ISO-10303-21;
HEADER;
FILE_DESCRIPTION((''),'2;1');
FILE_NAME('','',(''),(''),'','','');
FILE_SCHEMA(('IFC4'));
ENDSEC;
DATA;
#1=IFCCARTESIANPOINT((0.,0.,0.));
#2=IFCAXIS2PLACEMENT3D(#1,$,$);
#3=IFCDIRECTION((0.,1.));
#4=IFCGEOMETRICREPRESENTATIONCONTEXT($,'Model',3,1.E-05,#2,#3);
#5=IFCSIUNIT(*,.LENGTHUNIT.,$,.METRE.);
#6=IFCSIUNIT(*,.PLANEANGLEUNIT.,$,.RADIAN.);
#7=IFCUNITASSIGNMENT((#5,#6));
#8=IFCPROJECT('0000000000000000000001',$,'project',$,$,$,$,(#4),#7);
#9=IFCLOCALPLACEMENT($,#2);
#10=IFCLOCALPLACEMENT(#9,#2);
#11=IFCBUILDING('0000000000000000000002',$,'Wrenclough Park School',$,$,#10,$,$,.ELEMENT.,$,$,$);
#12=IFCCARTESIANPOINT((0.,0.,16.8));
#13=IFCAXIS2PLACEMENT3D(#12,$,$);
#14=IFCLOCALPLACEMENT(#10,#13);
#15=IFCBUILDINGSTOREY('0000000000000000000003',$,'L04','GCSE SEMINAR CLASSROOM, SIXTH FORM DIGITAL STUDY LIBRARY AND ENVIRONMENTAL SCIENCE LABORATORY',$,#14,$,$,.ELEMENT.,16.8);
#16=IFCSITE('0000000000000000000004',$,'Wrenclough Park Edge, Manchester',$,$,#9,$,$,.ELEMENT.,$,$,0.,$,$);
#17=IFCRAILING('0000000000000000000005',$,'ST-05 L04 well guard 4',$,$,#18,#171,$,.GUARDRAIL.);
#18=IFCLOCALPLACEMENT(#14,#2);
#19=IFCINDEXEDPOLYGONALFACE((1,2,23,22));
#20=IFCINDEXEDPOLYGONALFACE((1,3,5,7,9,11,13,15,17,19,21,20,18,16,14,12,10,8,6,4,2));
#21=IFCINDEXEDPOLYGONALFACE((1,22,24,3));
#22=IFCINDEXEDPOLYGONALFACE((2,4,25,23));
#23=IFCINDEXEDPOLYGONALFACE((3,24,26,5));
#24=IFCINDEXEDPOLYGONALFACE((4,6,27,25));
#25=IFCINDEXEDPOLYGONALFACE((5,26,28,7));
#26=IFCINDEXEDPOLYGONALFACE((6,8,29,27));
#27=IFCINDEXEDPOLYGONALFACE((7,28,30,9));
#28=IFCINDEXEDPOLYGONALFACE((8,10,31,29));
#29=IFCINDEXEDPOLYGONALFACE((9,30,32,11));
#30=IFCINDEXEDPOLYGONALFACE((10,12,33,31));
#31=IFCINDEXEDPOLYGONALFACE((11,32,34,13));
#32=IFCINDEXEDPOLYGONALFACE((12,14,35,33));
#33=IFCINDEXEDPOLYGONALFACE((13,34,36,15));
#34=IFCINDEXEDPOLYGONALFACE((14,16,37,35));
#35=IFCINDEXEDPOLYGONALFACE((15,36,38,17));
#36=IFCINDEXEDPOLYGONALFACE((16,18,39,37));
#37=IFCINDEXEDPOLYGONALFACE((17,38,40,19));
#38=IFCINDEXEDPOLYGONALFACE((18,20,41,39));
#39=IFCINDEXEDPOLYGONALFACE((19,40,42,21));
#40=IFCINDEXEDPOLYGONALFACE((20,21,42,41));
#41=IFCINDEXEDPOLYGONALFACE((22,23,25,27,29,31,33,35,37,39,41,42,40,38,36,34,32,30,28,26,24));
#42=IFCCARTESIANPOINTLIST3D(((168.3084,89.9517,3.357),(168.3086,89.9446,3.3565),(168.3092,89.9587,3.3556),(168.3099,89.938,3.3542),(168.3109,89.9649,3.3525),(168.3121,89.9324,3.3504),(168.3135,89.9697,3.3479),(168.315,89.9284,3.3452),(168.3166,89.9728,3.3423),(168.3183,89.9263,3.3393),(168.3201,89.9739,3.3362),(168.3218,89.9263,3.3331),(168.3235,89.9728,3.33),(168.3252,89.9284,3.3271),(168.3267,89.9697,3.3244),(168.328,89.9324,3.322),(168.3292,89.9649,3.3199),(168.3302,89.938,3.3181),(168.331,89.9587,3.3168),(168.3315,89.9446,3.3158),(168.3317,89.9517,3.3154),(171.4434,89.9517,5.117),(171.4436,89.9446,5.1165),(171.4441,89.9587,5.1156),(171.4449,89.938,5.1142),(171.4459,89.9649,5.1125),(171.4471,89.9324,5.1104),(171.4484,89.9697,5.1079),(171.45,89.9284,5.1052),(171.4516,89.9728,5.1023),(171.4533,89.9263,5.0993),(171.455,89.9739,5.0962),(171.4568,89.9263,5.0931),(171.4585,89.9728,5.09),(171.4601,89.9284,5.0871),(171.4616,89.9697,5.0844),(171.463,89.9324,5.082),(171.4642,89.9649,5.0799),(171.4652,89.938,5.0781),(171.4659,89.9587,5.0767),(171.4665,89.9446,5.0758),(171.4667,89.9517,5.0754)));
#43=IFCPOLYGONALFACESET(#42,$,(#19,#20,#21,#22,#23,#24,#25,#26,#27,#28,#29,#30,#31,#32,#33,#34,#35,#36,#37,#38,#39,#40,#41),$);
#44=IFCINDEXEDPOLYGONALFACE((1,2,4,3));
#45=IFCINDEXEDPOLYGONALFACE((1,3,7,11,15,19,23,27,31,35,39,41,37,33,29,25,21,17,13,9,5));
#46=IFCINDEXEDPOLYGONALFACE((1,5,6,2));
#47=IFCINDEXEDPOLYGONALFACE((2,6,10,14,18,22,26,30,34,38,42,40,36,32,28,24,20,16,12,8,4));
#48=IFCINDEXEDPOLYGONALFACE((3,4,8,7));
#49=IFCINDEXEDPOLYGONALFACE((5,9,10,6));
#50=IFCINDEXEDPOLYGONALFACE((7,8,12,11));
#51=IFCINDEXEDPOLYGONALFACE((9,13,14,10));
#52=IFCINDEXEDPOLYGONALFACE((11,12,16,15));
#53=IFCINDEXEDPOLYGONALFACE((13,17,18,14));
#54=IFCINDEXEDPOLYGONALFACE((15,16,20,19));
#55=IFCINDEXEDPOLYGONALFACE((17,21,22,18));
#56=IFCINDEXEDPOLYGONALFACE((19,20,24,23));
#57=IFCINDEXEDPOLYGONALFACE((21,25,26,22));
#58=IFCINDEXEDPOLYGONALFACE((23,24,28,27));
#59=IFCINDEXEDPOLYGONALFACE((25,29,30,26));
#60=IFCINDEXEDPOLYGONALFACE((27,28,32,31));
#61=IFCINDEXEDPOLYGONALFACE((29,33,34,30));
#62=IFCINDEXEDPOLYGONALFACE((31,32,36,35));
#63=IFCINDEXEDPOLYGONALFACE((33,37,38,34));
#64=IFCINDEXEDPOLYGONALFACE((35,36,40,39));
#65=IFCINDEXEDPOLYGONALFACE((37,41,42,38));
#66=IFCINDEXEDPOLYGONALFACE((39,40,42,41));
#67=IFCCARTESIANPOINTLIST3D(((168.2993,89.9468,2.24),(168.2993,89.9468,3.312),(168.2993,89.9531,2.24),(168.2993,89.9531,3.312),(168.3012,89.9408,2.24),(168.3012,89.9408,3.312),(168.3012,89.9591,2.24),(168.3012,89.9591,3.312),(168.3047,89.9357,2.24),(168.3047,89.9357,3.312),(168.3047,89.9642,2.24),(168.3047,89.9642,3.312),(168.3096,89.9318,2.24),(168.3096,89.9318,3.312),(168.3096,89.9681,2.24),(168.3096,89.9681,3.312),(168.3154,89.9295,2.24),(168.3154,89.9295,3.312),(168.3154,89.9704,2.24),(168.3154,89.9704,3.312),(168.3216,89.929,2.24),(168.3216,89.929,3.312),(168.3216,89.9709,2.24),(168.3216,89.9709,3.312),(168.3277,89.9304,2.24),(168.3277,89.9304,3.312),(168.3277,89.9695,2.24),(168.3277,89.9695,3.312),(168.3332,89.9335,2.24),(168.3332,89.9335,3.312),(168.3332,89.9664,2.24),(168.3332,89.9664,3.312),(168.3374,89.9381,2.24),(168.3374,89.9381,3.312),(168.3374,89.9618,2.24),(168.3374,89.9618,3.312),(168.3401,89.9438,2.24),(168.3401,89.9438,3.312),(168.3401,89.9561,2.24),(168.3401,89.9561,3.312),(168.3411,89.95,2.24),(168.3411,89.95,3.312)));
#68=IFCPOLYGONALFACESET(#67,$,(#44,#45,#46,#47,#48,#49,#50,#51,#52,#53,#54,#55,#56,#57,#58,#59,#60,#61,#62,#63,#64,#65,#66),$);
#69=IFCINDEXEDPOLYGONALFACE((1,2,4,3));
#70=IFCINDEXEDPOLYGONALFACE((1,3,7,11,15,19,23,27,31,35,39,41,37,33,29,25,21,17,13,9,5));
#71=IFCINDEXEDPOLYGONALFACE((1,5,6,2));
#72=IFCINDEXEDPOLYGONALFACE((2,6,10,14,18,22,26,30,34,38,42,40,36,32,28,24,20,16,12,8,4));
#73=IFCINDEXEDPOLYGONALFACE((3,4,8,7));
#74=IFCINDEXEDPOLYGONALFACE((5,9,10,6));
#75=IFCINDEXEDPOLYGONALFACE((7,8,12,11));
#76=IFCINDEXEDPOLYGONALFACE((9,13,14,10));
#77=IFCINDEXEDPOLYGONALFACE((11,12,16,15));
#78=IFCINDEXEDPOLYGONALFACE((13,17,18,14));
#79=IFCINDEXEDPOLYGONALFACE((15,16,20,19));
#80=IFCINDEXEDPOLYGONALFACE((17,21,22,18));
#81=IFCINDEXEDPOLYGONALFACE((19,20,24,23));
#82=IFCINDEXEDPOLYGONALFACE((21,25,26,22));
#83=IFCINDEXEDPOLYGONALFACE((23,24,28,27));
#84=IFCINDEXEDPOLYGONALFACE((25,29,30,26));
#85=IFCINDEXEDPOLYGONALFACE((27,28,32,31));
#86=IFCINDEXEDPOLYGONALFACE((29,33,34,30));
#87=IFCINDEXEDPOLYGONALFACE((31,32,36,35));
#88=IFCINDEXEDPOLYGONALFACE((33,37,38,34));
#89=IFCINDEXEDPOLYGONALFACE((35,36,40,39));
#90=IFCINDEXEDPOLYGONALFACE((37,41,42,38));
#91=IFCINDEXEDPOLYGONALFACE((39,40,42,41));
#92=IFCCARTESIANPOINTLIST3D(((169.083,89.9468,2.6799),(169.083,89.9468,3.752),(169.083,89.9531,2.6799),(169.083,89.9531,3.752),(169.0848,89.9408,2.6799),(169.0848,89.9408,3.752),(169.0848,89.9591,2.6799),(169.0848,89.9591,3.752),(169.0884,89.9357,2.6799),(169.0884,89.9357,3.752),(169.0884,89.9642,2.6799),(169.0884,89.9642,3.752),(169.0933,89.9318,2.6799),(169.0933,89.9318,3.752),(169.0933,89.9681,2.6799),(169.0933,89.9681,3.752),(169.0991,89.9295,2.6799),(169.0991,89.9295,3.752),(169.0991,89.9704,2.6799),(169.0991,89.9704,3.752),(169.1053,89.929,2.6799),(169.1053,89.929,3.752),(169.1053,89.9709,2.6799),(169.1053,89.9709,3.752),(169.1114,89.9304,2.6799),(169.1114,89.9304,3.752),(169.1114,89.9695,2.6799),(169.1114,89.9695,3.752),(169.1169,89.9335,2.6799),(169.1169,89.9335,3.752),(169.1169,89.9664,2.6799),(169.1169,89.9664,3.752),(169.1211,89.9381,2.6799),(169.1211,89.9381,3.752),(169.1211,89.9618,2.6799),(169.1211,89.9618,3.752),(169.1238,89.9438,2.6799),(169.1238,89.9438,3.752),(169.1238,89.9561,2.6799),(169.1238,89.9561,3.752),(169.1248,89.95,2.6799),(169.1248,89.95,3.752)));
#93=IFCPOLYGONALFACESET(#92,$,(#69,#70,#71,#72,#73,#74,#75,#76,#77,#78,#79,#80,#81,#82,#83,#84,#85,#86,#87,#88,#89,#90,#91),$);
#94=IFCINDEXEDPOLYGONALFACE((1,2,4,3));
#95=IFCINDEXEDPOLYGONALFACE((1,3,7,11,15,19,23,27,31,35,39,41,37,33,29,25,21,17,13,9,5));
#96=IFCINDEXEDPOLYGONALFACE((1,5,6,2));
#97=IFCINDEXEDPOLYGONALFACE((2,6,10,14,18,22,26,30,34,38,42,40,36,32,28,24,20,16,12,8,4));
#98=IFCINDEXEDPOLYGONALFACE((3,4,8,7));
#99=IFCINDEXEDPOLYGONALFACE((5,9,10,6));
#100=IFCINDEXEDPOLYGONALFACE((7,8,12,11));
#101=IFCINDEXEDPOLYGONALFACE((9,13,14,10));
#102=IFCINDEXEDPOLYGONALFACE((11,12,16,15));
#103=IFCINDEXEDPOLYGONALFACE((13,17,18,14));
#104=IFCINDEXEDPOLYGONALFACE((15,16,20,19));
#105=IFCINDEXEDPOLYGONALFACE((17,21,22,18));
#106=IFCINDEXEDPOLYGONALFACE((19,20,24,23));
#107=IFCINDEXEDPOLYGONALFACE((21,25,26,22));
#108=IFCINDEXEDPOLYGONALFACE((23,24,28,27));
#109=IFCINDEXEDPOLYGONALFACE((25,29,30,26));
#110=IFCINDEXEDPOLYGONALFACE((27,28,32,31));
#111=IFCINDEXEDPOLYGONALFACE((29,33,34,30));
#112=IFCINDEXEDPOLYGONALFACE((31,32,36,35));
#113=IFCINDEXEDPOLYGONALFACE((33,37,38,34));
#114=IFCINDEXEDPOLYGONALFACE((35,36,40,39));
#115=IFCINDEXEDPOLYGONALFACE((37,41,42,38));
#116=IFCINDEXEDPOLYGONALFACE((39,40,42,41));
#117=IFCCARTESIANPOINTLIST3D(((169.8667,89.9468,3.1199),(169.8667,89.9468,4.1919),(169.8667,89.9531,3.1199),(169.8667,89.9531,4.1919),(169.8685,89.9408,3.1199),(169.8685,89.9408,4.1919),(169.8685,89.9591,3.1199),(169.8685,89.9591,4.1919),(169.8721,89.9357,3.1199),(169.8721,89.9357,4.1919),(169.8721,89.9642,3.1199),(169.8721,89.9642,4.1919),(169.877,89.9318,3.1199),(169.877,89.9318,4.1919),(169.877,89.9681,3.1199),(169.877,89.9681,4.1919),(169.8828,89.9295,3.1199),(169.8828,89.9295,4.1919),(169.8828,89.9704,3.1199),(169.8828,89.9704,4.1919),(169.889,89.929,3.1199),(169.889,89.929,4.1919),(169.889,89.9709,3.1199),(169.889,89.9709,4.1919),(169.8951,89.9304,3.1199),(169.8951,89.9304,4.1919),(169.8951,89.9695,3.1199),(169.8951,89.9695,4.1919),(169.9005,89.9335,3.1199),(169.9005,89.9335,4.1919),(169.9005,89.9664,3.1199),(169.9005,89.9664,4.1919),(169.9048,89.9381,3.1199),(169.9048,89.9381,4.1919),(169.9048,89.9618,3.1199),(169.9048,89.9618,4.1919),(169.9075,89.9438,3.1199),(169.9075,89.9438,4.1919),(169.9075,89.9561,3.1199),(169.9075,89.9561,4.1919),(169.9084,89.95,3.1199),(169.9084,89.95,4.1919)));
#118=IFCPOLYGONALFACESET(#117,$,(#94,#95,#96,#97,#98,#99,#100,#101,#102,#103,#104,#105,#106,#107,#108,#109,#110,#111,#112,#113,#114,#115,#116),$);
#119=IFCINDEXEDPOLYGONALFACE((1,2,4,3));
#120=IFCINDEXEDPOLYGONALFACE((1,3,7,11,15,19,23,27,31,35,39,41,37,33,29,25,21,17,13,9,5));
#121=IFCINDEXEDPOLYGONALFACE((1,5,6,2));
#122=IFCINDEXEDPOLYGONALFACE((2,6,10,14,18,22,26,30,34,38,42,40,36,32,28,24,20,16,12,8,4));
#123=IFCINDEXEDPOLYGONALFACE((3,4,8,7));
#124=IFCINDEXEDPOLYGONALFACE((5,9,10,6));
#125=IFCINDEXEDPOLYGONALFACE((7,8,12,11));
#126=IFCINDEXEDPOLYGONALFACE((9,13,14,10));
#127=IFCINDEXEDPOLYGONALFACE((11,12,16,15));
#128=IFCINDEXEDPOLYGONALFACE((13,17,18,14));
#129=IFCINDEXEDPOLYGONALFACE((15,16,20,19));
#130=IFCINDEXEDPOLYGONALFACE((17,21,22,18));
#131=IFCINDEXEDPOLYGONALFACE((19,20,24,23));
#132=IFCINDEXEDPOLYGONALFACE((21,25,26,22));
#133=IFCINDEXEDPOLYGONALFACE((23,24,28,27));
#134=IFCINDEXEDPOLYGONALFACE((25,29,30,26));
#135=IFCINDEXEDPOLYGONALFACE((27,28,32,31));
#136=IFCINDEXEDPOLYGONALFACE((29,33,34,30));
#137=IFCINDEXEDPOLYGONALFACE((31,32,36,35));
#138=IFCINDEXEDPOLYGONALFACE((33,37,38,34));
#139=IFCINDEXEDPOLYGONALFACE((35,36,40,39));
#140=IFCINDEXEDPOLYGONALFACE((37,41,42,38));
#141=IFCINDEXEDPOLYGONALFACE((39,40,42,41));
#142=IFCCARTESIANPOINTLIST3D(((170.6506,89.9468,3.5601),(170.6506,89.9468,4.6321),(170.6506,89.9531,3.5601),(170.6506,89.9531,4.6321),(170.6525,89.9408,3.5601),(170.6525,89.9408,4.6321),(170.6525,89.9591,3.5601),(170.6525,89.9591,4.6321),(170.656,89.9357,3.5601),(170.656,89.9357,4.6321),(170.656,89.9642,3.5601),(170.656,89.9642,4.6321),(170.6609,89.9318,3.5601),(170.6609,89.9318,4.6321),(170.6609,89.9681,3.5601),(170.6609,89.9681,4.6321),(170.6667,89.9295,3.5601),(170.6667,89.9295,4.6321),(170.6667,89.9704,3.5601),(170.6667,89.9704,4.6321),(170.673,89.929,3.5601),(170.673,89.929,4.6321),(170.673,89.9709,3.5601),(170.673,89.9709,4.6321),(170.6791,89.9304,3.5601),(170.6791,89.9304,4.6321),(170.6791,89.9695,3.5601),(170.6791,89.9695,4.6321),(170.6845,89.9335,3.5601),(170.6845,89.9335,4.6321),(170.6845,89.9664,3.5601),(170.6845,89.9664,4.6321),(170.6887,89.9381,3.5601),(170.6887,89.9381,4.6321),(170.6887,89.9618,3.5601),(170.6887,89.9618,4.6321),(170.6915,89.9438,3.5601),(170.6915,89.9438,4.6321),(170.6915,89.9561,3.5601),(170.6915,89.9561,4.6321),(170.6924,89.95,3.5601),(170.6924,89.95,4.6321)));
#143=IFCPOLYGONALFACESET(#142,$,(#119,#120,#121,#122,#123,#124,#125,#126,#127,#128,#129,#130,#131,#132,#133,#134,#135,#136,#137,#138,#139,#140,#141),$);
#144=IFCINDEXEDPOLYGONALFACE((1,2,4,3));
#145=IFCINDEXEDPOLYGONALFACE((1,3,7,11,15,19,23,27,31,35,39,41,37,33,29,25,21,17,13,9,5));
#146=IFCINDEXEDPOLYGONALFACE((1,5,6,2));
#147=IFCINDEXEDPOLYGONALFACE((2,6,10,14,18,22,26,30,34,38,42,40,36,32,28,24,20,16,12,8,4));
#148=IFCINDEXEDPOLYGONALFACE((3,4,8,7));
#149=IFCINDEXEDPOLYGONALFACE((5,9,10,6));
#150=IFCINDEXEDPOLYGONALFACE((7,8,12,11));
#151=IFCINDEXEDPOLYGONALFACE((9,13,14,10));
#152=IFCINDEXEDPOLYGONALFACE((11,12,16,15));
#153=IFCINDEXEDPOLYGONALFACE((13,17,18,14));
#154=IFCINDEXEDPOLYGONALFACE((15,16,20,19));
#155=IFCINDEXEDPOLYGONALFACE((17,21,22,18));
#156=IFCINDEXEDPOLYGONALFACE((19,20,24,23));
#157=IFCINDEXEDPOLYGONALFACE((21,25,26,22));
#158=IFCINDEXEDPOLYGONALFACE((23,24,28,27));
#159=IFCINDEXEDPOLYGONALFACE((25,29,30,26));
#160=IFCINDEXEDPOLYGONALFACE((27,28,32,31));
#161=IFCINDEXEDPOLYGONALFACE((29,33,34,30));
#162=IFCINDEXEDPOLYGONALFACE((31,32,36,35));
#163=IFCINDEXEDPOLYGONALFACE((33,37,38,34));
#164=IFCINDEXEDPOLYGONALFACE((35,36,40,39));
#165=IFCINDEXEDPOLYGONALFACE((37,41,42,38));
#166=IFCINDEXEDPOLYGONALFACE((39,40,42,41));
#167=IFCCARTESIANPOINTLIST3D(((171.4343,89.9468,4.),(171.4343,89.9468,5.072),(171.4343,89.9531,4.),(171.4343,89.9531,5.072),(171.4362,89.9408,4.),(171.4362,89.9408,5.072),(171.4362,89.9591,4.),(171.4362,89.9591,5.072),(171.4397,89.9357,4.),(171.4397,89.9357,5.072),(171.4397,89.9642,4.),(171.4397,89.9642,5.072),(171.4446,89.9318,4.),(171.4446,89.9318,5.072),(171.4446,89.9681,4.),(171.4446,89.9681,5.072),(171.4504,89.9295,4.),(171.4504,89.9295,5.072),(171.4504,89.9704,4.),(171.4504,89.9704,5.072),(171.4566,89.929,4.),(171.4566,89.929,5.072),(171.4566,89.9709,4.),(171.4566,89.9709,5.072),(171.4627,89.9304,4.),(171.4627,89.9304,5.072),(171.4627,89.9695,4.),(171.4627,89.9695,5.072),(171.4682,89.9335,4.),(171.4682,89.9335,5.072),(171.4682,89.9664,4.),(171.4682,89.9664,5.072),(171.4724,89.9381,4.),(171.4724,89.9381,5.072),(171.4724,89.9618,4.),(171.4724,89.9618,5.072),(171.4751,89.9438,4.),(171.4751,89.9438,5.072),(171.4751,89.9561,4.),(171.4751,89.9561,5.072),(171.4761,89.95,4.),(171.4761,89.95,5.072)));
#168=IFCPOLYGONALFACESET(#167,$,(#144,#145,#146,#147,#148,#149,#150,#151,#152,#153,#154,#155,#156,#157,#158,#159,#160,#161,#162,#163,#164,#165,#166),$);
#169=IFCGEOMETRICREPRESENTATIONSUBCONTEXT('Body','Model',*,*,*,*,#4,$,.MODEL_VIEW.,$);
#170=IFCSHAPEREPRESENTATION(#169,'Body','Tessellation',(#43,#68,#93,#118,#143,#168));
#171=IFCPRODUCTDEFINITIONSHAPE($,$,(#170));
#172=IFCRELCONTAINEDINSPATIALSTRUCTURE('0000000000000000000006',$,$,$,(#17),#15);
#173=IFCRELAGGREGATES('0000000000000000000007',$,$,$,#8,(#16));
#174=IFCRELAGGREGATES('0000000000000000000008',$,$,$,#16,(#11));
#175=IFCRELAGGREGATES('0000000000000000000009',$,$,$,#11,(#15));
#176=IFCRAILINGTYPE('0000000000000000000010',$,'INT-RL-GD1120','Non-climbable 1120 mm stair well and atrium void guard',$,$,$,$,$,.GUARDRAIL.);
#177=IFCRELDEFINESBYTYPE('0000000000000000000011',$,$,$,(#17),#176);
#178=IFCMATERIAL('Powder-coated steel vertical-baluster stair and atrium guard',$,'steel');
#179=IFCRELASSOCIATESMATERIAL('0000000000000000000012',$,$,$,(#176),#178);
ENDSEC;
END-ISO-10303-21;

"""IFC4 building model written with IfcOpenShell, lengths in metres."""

from ifc_helpers import new_model, si_unit, direction, frame, origin, origin_2d, place, context, subcontext, project, spatial, circle, extrude, material, type_object, element, save


model = new_model("IFC4")

# Units and contexts
model_context = context("Model", 3, precision=1e-05, world=origin(), true_north=direction((0.0, 1.0)))
body_context = subcontext(model_context, "Body", "Model", "MODEL_VIEW")
ifc_project = project(units=[si_unit("LENGTHUNIT", "METRE"), si_unit("PLANEANGLEUNIT", "RADIAN")], contexts=[model_context])

# Site, building, storey
site_placement = place(None, origin())
site = spatial("IfcSite", under=ifc_project, at=site_placement, Name="Wrenclough Park Edge, Manchester", CompositionType="ELEMENT", RefElevation=0.0)
building_placement = place(site_placement, origin())
building = spatial("IfcBuilding", under=site, at=building_placement, Name="Wrenclough Park School", CompositionType="ELEMENT")
storey_placement = place(building_placement, frame((0.0, 0.0, 16.8)))
storey = spatial("IfcBuildingStorey", under=building, at=storey_placement, Name="L04", Description="GCSE SEMINAR CLASSROOM, SIXTH FORM DIGITAL STUDY LIBRARY AND ENVIRONMENTAL SCIENCE LABORATORY", CompositionType="ELEMENT", Elevation=16.8)

# Railing
ifc_material_1 = material(Name="Powder-coated steel vertical-baluster stair and atrium guard", Category="steel")
railing_type_1 = type_object("IfcRailingType", Name="INT-RL-GD1120", Description="Non-climbable 1120 mm stair well and atrium void guard", PredefinedType="GUARDRAIL", material=ifc_material_1)
railing_1_placement = place(storey_placement, frame((168.3201, 89.95, 2.24)))
element("IfcRailing", 1, at=railing_1_placement, inside=storey, type_object=railing_type_1, Name="ST-05 L04 well guard 4", PredefinedType="GUARDRAIL", context=body_context, shape_type="SweptSolid", body=[
    extrude(circle(Radius=0.0239, at=origin_2d()), frame((0.0, 0.0, 1.0962), z_axis=(0.871983, 0.0, 0.489536), x_axis=(0.0, 1.0, 0.0)), (0.0, 0.0, 1.0), 3.5952),
    extrude(circle(Radius=0.021, at=origin_2d()), origin(), (0.0, 0.0, 1.0), 1.072),
    extrude(circle(Radius=0.021, at=origin_2d()), frame((0.7837, 0.0, 0.4399)), (0.0, 0.0, 1.0), 1.072),
    extrude(circle(Radius=0.021, at=origin_2d()), frame((1.5674, 0.0, 0.8799)), (0.0, 0.0, 1.0), 1.072),
    extrude(circle(Radius=0.021, at=origin_2d()), frame((2.3513, 0.0, 1.3201)), (0.0, 0.0, 1.0), 1.072),
    extrude(circle(Radius=0.021, at=origin_2d()), frame((3.135, 0.0, 1.76)), (0.0, 0.0, 1.0), 1.072),
])

save(model, "model.ifc")
